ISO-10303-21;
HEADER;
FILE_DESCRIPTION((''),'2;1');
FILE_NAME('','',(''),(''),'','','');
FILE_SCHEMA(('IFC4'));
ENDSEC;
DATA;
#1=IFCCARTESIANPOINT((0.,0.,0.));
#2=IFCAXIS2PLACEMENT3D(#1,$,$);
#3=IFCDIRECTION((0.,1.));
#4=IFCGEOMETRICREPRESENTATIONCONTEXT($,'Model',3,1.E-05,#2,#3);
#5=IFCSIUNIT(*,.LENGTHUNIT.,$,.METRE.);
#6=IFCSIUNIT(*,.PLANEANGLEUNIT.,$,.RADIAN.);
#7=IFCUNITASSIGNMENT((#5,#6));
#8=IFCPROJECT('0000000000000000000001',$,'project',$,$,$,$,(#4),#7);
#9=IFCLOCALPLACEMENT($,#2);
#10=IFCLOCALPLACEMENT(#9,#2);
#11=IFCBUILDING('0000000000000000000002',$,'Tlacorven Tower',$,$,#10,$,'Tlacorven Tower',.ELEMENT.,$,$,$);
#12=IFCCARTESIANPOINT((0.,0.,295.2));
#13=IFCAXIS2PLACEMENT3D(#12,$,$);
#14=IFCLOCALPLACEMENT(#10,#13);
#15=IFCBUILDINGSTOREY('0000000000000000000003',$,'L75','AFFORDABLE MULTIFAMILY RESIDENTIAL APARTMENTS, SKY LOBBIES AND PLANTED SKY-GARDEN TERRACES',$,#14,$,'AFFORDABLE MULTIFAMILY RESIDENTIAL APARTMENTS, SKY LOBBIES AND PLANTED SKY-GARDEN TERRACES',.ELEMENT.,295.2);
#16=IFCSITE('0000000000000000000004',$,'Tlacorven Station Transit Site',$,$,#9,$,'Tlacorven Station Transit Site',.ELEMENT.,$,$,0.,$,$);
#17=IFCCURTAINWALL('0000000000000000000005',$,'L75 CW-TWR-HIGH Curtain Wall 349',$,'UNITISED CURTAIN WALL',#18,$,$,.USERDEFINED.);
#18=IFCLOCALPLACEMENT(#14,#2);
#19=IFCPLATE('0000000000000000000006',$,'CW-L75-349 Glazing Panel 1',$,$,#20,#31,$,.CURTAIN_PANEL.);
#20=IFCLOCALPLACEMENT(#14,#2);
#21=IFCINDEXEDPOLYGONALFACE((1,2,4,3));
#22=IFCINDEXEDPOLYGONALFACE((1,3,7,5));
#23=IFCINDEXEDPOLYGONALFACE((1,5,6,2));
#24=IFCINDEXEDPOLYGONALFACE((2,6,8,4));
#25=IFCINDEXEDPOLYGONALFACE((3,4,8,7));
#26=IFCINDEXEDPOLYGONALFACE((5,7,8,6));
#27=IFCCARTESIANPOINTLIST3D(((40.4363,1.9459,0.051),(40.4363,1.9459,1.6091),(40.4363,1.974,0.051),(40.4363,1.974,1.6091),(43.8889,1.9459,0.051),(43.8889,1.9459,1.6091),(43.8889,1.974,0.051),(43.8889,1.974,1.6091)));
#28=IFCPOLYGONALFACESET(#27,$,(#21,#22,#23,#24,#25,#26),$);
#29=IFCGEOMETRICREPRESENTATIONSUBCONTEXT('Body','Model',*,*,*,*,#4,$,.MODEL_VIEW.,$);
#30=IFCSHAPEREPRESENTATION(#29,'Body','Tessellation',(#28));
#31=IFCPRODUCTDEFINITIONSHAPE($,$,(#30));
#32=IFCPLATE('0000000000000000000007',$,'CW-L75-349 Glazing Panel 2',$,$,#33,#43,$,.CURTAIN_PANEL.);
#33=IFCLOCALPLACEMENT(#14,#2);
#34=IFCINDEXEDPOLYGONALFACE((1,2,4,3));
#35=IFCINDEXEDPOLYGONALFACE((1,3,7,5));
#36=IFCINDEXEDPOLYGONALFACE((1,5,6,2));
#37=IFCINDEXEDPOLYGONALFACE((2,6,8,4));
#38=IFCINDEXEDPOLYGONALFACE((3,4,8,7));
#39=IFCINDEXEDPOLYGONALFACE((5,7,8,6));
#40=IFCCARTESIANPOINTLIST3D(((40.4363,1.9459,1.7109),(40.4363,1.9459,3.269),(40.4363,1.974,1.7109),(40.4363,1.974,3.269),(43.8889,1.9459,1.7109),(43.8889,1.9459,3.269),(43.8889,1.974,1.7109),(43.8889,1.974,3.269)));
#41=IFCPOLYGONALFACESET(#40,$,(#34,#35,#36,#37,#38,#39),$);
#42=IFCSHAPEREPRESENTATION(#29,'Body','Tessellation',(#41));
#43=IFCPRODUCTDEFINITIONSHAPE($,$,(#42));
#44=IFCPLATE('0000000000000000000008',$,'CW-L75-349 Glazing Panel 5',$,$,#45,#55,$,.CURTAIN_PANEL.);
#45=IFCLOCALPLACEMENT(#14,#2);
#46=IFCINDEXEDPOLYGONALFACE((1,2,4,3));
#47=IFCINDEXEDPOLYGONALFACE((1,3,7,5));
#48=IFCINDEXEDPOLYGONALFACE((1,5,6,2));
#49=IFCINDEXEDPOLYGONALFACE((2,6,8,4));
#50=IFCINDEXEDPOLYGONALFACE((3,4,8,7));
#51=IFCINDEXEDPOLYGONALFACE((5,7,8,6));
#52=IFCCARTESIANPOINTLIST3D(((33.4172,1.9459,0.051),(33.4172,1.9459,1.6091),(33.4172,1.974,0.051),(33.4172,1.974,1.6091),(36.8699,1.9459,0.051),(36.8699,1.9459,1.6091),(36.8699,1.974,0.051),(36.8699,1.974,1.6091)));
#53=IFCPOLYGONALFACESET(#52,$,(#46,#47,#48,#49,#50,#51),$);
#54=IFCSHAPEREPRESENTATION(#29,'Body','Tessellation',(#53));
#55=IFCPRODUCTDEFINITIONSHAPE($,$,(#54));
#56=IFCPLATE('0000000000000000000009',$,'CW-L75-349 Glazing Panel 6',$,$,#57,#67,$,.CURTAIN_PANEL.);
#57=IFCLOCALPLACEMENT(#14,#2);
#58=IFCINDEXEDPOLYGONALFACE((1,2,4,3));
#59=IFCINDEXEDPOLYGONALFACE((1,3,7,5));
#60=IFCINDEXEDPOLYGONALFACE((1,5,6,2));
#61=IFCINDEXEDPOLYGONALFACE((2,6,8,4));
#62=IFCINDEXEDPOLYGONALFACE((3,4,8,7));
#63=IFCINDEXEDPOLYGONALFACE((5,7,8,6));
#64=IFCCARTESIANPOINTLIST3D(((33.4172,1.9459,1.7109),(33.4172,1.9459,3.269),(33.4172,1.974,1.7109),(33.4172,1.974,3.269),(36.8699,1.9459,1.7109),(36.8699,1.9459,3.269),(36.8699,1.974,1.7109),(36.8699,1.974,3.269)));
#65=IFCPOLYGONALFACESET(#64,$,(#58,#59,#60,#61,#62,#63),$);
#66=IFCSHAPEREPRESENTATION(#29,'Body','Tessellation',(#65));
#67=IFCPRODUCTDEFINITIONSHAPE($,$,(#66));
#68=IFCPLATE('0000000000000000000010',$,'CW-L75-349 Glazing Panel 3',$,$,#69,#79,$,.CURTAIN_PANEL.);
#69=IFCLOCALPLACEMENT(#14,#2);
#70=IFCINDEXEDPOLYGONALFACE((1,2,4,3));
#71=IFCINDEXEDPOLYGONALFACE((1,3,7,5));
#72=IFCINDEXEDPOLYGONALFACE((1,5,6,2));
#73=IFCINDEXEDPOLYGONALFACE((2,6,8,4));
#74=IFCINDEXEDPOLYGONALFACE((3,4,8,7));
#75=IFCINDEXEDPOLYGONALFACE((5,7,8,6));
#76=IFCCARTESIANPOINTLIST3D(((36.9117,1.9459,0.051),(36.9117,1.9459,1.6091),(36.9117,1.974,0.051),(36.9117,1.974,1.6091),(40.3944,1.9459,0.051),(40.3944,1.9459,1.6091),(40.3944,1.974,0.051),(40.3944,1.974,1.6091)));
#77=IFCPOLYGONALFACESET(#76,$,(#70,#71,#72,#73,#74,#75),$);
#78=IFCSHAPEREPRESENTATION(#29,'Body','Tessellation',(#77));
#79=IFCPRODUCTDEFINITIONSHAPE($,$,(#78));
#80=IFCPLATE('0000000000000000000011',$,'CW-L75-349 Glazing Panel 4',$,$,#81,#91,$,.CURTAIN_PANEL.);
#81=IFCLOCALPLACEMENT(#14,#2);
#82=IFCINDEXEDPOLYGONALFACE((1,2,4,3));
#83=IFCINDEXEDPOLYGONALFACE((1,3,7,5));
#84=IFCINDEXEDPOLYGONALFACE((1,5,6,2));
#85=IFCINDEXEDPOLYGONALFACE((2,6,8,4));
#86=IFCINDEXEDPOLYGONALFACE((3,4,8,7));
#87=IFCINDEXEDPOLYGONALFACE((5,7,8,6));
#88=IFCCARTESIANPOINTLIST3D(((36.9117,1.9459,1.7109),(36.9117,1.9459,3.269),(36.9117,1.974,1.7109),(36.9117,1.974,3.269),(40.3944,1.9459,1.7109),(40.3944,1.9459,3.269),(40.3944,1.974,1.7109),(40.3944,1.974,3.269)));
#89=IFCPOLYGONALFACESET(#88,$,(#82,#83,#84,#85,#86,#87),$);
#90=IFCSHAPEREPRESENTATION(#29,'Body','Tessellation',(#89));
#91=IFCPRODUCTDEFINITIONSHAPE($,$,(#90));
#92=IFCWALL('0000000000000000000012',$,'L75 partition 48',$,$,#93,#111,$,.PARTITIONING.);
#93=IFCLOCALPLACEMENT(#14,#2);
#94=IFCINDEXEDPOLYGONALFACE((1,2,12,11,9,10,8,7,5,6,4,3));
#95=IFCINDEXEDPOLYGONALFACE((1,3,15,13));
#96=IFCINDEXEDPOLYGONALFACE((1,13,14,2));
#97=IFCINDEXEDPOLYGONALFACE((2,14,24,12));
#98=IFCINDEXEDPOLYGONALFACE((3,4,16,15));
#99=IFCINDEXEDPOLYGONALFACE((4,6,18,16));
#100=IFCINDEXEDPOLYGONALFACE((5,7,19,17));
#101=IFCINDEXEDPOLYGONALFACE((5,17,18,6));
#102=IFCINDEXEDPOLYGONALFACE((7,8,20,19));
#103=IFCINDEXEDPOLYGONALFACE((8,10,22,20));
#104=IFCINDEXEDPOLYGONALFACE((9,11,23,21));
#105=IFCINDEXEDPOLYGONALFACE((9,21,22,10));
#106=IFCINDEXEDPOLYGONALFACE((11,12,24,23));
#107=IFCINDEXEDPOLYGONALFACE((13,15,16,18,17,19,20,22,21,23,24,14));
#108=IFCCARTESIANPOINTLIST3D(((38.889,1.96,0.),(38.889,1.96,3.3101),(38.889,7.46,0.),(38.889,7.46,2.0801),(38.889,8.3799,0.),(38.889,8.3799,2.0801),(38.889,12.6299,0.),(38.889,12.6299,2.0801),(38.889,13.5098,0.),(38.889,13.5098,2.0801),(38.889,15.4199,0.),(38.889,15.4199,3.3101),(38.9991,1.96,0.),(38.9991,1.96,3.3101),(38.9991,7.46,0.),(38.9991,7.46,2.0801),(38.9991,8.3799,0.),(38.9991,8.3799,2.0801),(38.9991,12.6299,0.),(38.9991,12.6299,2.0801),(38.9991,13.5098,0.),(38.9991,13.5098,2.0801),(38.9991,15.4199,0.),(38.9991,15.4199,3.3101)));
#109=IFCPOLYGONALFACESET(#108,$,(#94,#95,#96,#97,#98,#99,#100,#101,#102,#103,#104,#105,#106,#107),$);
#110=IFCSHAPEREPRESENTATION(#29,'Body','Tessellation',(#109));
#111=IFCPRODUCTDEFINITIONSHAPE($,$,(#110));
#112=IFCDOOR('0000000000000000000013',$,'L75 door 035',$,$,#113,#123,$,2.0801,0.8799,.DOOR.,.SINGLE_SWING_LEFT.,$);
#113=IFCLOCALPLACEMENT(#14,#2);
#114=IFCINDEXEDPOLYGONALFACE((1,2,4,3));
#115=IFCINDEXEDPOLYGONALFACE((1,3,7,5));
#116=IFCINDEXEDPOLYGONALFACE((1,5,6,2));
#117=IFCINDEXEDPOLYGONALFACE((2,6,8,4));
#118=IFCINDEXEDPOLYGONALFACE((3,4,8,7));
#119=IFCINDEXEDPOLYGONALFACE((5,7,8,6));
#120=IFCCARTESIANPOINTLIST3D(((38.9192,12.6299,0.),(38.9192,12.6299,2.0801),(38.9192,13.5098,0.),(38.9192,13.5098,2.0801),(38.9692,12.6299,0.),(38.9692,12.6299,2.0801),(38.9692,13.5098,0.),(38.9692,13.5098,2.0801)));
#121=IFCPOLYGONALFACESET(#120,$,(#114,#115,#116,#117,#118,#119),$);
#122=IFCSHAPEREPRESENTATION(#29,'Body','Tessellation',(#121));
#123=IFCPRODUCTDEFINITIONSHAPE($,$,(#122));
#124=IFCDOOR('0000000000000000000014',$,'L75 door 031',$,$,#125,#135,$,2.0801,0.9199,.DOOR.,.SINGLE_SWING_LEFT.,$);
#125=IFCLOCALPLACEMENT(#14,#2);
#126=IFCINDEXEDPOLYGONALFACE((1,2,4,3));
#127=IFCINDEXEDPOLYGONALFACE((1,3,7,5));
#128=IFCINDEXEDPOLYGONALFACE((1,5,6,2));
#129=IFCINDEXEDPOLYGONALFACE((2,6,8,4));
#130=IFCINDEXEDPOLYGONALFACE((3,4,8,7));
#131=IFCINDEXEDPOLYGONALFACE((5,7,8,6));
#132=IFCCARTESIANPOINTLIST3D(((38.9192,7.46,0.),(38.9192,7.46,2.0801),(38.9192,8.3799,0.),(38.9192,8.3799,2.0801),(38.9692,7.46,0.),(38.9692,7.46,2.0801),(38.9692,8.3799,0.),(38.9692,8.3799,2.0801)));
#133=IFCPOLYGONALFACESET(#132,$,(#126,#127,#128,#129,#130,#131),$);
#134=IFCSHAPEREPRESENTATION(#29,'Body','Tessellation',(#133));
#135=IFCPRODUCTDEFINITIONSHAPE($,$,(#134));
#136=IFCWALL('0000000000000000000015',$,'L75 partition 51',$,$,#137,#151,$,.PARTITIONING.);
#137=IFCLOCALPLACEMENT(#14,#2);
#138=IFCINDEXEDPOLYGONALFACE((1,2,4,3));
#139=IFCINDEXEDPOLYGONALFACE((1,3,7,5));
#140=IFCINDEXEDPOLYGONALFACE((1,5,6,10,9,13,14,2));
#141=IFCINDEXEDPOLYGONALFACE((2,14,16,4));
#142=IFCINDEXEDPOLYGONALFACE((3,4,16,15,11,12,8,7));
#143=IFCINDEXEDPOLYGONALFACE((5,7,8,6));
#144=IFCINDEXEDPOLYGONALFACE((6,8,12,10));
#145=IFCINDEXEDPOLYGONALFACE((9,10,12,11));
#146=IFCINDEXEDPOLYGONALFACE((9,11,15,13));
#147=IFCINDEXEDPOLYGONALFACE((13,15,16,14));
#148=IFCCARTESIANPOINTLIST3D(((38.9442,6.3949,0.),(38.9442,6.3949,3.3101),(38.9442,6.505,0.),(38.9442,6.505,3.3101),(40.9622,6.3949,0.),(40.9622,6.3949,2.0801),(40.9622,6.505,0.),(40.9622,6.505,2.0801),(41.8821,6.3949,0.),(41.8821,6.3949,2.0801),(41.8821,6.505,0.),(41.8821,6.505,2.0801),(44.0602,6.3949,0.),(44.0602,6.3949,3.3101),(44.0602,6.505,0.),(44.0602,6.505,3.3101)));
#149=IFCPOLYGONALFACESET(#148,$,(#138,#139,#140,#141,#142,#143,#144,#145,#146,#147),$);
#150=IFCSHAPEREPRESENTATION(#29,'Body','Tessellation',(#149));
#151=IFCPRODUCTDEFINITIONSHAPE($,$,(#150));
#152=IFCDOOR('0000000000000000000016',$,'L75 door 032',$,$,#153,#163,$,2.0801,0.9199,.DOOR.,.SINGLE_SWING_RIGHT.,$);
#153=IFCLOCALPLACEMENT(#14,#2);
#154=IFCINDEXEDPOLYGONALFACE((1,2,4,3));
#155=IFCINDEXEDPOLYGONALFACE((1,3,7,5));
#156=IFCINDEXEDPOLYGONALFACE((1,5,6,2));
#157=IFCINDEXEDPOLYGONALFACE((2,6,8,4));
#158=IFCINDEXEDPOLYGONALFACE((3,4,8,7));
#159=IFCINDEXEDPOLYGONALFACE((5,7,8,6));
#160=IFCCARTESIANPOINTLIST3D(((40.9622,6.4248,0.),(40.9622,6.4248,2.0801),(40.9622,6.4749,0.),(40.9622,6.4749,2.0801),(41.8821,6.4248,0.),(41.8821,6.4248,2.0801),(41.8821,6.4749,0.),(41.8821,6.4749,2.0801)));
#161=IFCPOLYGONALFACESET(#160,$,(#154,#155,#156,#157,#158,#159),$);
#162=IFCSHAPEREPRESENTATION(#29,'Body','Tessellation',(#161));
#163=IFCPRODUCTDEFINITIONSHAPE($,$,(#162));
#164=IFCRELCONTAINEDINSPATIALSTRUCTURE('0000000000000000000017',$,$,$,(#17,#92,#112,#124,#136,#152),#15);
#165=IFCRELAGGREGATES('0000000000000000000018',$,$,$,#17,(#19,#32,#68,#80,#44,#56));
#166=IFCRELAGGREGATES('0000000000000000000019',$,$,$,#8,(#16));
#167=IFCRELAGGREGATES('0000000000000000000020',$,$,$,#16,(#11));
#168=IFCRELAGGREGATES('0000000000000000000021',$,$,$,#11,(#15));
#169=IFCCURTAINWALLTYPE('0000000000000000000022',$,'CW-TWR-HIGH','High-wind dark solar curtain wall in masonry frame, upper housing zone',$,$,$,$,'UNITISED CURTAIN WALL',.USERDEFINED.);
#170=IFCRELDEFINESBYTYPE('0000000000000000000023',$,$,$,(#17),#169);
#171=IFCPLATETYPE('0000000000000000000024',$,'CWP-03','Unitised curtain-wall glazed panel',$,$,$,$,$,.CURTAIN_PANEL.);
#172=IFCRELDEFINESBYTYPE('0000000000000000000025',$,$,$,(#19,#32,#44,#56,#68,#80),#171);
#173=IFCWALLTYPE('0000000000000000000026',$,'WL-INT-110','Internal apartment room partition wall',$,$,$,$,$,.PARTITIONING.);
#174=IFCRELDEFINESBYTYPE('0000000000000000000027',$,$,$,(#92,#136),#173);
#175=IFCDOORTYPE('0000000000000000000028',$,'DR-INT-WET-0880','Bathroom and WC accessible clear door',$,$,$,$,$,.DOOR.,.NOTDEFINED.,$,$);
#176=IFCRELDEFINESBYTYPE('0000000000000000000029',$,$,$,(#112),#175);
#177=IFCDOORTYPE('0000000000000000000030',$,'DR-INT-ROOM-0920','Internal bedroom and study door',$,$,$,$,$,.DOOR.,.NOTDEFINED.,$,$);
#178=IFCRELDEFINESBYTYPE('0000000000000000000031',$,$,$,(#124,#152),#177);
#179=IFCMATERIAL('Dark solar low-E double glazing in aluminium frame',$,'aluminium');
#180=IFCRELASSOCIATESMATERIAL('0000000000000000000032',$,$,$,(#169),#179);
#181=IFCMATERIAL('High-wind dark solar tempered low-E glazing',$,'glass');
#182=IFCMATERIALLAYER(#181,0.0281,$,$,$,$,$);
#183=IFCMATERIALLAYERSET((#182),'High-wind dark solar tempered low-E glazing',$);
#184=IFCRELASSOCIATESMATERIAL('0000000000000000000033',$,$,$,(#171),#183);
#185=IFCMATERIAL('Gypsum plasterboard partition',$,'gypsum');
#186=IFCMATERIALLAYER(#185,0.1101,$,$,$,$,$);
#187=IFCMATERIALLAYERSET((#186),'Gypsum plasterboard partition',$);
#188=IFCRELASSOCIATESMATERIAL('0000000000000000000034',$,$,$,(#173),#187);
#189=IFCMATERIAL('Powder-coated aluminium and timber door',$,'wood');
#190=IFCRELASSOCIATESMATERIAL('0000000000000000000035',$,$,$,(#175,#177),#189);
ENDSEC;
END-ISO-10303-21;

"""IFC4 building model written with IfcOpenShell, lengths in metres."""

from ifc_helpers import new_model, si_unit, direction, frame, frame_2d, origin, origin_2d, place, context, subcontext, project, spatial, rectangle, extrude, source, transform, mapped, material, layer, layer_set, type_object, element, fill, aggregate, save


model = new_model("IFC4")

# Units and contexts
model_context = context("Model", 3, precision=1e-05, world=origin(), true_north=direction((0.0, 1.0)))
body_context = subcontext(model_context, "Body", "Model", "MODEL_VIEW")
ifc_project = project(units=[si_unit("LENGTHUNIT", "METRE"), si_unit("PLANEANGLEUNIT", "RADIAN")], contexts=[model_context])

# Site, building, storey
site_placement = place(None, origin())
site = spatial("IfcSite", under=ifc_project, at=site_placement, Name="Tlacorven Station Transit Site", LongName="Tlacorven Station Transit Site", CompositionType="ELEMENT", RefElevation=0.0)
building_placement = place(site_placement, origin())
building = spatial("IfcBuilding", under=site, at=building_placement, Name="Tlacorven Tower", LongName="Tlacorven Tower", CompositionType="ELEMENT")
storey_placement = place(building_placement, frame((0.0, 0.0, 295.2)))
storey = spatial("IfcBuildingStorey", under=building, at=storey_placement, Name="L75", Description="AFFORDABLE MULTIFAMILY RESIDENTIAL APARTMENTS, SKY LOBBIES AND PLANTED SKY-GARDEN TERRACES", LongName="AFFORDABLE MULTIFAMILY RESIDENTIAL APARTMENTS, SKY LOBBIES AND PLANTED SKY-GARDEN TERRACES", CompositionType="ELEMENT", Elevation=295.2)

# Curtain wall
ifc_material_1 = material(Name="Dark solar low-E double glazing in aluminium frame", Category="aluminium")
curtain_wall_type = type_object("IfcCurtainWallType", Name="CW-TWR-HIGH", Description="High-wind dark solar curtain wall in masonry frame, upper housing zone", ElementType="UNITISED CURTAIN WALL", PredefinedType="USERDEFINED", material=ifc_material_1)
curtain_wall_1_placement = place(storey_placement, origin())
curtain_wall_1 = element("IfcCurtainWall", 1, at=curtain_wall_1_placement, inside=storey, type_object=curtain_wall_type, Name="L75 CW-TWR-HIGH Curtain Wall 349", ObjectType="UNITISED CURTAIN WALL", PredefinedType="USERDEFINED")

# Plates
ifc_material_2 = material(Name="High-wind dark solar tempered low-E glazing", Category="glass")
ifc_layer_1 = layer(ifc_material_2, 0.0281)
ifc_layer_set_1 = layer_set([ifc_layer_1], Name="High-wind dark solar tempered low-E glazing")
plate_type = type_object("IfcPlateType", Name="CWP-03", Description="Unitised curtain-wall glazed panel", PredefinedType="CURTAIN_PANEL", material=ifc_layer_set_1)
shared_shape_1 = source(origin(), body_context, "Body", "SweptSolid", [
    extrude(rectangle(XDim=3.4526, YDim=0.0281, at=origin_2d()), origin(), (0.0, 0.0, 1.0), 1.5581),
])
plate_1_placement = place(storey_placement, frame((42.1626, 1.96, 0.051), z_axis=(0.0, 0.0, 1.0), x_axis=(-1.0, 0.0, 0.0)))
plate_1 = element("IfcPlate", 2, at=plate_1_placement, type_object=plate_type, Name="CW-L75-349 Glazing Panel 1", PredefinedType="CURTAIN_PANEL", context=body_context, shape_type="MappedRepresentation", body=[
    mapped(shared_shape_1, transform((0.0, 0.0, 0.0), scale=1.0)),
])
plate_2_placement = place(storey_placement, frame((42.1626, 1.96, 1.7109), z_axis=(0.0, 0.0, 1.0), x_axis=(-1.0, 0.0, 0.0)))
plate_2 = element("IfcPlate", 3, at=plate_2_placement, type_object=plate_type, Name="CW-L75-349 Glazing Panel 2", PredefinedType="CURTAIN_PANEL", context=body_context, shape_type="MappedRepresentation", body=[
    mapped(shared_shape_1, transform((0.0, 0.0, 0.0), scale=1.0)),
])
plate_3_placement = place(storey_placement, frame((35.1436, 1.96, 0.051), z_axis=(0.0, 0.0, 1.0), x_axis=(-1.0, 0.0, 0.0)))
plate_3 = element("IfcPlate", 4, at=plate_3_placement, type_object=plate_type, Name="CW-L75-349 Glazing Panel 5", PredefinedType="CURTAIN_PANEL", context=body_context, shape_type="MappedRepresentation", body=[
    mapped(shared_shape_1, transform((0.0, 0.0, 0.0), scale=1.0)),
])
plate_4_placement = place(storey_placement, frame((35.1436, 1.96, 1.7109), z_axis=(0.0, 0.0, 1.0), x_axis=(-1.0, 0.0, 0.0)))
plate_4 = element("IfcPlate", 5, at=plate_4_placement, type_object=plate_type, Name="CW-L75-349 Glazing Panel 6", PredefinedType="CURTAIN_PANEL", context=body_context, shape_type="MappedRepresentation", body=[
    mapped(shared_shape_1, transform((0.0, 0.0, 0.0), scale=1.0)),
])
shared_shape_2 = source(origin(), body_context, "Body", "SweptSolid", [
    extrude(rectangle(XDim=3.4827, YDim=0.0281, at=origin_2d()), origin(), (0.0, 0.0, 1.0), 1.5581),
])
plate_5_placement = place(storey_placement, frame((38.6531, 1.96, 0.051), z_axis=(0.0, 0.0, 1.0), x_axis=(-1.0, 0.0, 0.0)))
plate_5 = element("IfcPlate", 6, at=plate_5_placement, type_object=plate_type, Name="CW-L75-349 Glazing Panel 3", PredefinedType="CURTAIN_PANEL", context=body_context, shape_type="MappedRepresentation", body=[
    mapped(shared_shape_2, transform((0.0, 0.0, 0.0), scale=1.0)),
])
plate_6_placement = place(storey_placement, frame((38.6531, 1.96, 1.7109), z_axis=(0.0, 0.0, 1.0), x_axis=(-1.0, 0.0, 0.0)))
plate_6 = element("IfcPlate", 7, at=plate_6_placement, type_object=plate_type, Name="CW-L75-349 Glazing Panel 4", PredefinedType="CURTAIN_PANEL", context=body_context, shape_type="MappedRepresentation", body=[
    mapped(shared_shape_2, transform((0.0, 0.0, 0.0), scale=1.0)),
])
aggregate(curtain_wall_1, [plate_1, plate_2, plate_5, plate_6, plate_3, plate_4])

# Wall, openings, doors
ifc_material_3 = material(Name="Gypsum plasterboard partition", Category="gypsum")
ifc_layer_2 = layer(ifc_material_3, 0.1101)
ifc_layer_set_2 = layer_set([ifc_layer_2], Name="Gypsum plasterboard partition")
wall_type = type_object("IfcWallType", Name="WL-INT-110", Description="Internal apartment room partition wall", PredefinedType="PARTITIONING", material=ifc_layer_set_2)
wall_1_placement = place(storey_placement, frame((38.9441, 1.96, 0.0), z_axis=(0.0, 0.0, 1.0), x_axis=(0.0, 1.0, 0.0)))
wall_1 = element("IfcWall", 8, at=wall_1_placement, inside=storey, type_object=wall_type, Name="L75 partition 48", PredefinedType="PARTITIONING", context=body_context, shape_type="SweptSolid", body=[
    extrude(rectangle(XDim=13.46, YDim=0.1101, at=frame_2d((6.73, 0.0))), origin(), (0.0, 0.0, 1.0), 3.3101),
])
opening_1_placement = place(wall_1_placement, frame((5.5, 0.0, 0.0)))
opening_1 = element("IfcOpeningElement", 9, at=opening_1_placement, cuts=wall_1, PredefinedType="OPENING", context=body_context, shape_type="SweptSolid", body=[
    extrude(rectangle(XDim=0.9199, YDim=2.0801, at=frame_2d((0.46, 1.04))), frame((0.0, 0.0649, 0.0), z_axis=(0.0, -1.0, 0.0), x_axis=(1.0, 0.0, 0.0)), (0.0, 0.0, 1.0), 0.1301),
])
opening_2_placement = place(wall_1_placement, frame((10.6699, 0.0, 0.0)))
opening_2 = element("IfcOpeningElement", 10, at=opening_2_placement, cuts=wall_1, PredefinedType="OPENING", context=body_context, shape_type="SweptSolid", body=[
    extrude(rectangle(XDim=0.8799, YDim=2.0801, at=frame_2d((0.4399, 1.04))), frame((0.0, 0.0649, 0.0), z_axis=(0.0, -1.0, 0.0), x_axis=(1.0, 0.0, 0.0)), (0.0, 0.0, 1.0), 0.1301),
])
ifc_material_4 = material(Name="Powder-coated aluminium and timber door", Category="wood")
door_type_1 = type_object("IfcDoorType", Name="DR-INT-WET-0880", Description="Bathroom and WC accessible clear door", OperationType="NOTDEFINED", PredefinedType="DOOR", material=ifc_material_4)
shared_shape_3 = source(origin(), body_context, "Body", "SweptSolid", [
    extrude(rectangle(XDim=0.8799, YDim=2.0801, at=frame_2d((0.4399, 1.04))), frame((0.0, 0.0249, 0.0), z_axis=(0.0, -1.0, 0.0), x_axis=(1.0, 0.0, 0.0)), (0.0, 0.0, 1.0), 0.05),
])
door_1_placement = place(opening_2_placement, origin())
door_1 = element("IfcDoor", 11, at=door_1_placement, inside=storey, type_object=door_type_1, Name="L75 door 035", OperationType="SINGLE_SWING_LEFT", OverallHeight=2.0801, OverallWidth=0.8799, PredefinedType="DOOR", context=body_context, shape_type="MappedRepresentation", body=[
    mapped(shared_shape_3, transform((0.0, 0.0, 0.0), scale=1.0)),
])
fill(opening_2, door_1)
door_type_2 = type_object("IfcDoorType", Name="DR-INT-ROOM-0920", Description="Internal bedroom and study door", OperationType="NOTDEFINED", PredefinedType="DOOR", material=ifc_material_4)
shared_shape_4 = source(origin(), body_context, "Body", "SweptSolid", [
    extrude(rectangle(XDim=0.9199, YDim=2.0801, at=frame_2d((0.46, 1.04))), frame((0.0, 0.0249, 0.0), z_axis=(0.0, -1.0, 0.0), x_axis=(1.0, 0.0, 0.0)), (0.0, 0.0, 1.0), 0.05),
])
door_2_placement = place(opening_1_placement, origin())
door_2 = element("IfcDoor", 12, at=door_2_placement, inside=storey, type_object=door_type_2, Name="L75 door 031", OperationType="SINGLE_SWING_LEFT", OverallHeight=2.0801, OverallWidth=0.9199, PredefinedType="DOOR", context=body_context, shape_type="MappedRepresentation", body=[
    mapped(shared_shape_4, transform((0.0, 0.0, 0.0), scale=1.0)),
])
fill(opening_1, door_2)

# Wall, opening, door
wall_2_placement = place(storey_placement, frame((38.9441, 6.45, 0.0), z_axis=(0.0, 0.0, 1.0), x_axis=(1.0, 0.0, 0.0)))
wall_2 = element("IfcWall", 13, at=wall_2_placement, inside=storey, type_object=wall_type, Name="L75 partition 51", PredefinedType="PARTITIONING", context=body_context, shape_type="SweptSolid", body=[
    extrude(rectangle(XDim=5.116, YDim=0.1101, at=frame_2d((2.5581, 0.0))), origin(), (0.0, 0.0, 1.0), 3.3101),
])
opening_3_placement = place(wall_2_placement, frame((2.0181, 0.0, 0.0)))
opening_3 = element("IfcOpeningElement", 14, at=opening_3_placement, cuts=wall_2, PredefinedType="OPENING", context=body_context, shape_type="SweptSolid", body=[
    extrude(rectangle(XDim=0.9199, YDim=2.0801, at=frame_2d((0.46, 1.04))), frame((0.0, 0.0649, 0.0), z_axis=(0.0, -1.0, 0.0), x_axis=(1.0, 0.0, 0.0)), (0.0, 0.0, 1.0), 0.1301),
])
door_3_placement = place(opening_3_placement, origin())
door_3 = element("IfcDoor", 15, at=door_3_placement, inside=storey, type_object=door_type_2, Name="L75 door 032", OperationType="SINGLE_SWING_RIGHT", OverallHeight=2.0801, OverallWidth=0.9199, PredefinedType="DOOR", context=body_context, shape_type="MappedRepresentation", body=[
    mapped(shared_shape_4, transform((0.0, 0.0, 0.0), scale=1.0)),
])
fill(opening_3, door_3)

save(model, "model.ifc")
